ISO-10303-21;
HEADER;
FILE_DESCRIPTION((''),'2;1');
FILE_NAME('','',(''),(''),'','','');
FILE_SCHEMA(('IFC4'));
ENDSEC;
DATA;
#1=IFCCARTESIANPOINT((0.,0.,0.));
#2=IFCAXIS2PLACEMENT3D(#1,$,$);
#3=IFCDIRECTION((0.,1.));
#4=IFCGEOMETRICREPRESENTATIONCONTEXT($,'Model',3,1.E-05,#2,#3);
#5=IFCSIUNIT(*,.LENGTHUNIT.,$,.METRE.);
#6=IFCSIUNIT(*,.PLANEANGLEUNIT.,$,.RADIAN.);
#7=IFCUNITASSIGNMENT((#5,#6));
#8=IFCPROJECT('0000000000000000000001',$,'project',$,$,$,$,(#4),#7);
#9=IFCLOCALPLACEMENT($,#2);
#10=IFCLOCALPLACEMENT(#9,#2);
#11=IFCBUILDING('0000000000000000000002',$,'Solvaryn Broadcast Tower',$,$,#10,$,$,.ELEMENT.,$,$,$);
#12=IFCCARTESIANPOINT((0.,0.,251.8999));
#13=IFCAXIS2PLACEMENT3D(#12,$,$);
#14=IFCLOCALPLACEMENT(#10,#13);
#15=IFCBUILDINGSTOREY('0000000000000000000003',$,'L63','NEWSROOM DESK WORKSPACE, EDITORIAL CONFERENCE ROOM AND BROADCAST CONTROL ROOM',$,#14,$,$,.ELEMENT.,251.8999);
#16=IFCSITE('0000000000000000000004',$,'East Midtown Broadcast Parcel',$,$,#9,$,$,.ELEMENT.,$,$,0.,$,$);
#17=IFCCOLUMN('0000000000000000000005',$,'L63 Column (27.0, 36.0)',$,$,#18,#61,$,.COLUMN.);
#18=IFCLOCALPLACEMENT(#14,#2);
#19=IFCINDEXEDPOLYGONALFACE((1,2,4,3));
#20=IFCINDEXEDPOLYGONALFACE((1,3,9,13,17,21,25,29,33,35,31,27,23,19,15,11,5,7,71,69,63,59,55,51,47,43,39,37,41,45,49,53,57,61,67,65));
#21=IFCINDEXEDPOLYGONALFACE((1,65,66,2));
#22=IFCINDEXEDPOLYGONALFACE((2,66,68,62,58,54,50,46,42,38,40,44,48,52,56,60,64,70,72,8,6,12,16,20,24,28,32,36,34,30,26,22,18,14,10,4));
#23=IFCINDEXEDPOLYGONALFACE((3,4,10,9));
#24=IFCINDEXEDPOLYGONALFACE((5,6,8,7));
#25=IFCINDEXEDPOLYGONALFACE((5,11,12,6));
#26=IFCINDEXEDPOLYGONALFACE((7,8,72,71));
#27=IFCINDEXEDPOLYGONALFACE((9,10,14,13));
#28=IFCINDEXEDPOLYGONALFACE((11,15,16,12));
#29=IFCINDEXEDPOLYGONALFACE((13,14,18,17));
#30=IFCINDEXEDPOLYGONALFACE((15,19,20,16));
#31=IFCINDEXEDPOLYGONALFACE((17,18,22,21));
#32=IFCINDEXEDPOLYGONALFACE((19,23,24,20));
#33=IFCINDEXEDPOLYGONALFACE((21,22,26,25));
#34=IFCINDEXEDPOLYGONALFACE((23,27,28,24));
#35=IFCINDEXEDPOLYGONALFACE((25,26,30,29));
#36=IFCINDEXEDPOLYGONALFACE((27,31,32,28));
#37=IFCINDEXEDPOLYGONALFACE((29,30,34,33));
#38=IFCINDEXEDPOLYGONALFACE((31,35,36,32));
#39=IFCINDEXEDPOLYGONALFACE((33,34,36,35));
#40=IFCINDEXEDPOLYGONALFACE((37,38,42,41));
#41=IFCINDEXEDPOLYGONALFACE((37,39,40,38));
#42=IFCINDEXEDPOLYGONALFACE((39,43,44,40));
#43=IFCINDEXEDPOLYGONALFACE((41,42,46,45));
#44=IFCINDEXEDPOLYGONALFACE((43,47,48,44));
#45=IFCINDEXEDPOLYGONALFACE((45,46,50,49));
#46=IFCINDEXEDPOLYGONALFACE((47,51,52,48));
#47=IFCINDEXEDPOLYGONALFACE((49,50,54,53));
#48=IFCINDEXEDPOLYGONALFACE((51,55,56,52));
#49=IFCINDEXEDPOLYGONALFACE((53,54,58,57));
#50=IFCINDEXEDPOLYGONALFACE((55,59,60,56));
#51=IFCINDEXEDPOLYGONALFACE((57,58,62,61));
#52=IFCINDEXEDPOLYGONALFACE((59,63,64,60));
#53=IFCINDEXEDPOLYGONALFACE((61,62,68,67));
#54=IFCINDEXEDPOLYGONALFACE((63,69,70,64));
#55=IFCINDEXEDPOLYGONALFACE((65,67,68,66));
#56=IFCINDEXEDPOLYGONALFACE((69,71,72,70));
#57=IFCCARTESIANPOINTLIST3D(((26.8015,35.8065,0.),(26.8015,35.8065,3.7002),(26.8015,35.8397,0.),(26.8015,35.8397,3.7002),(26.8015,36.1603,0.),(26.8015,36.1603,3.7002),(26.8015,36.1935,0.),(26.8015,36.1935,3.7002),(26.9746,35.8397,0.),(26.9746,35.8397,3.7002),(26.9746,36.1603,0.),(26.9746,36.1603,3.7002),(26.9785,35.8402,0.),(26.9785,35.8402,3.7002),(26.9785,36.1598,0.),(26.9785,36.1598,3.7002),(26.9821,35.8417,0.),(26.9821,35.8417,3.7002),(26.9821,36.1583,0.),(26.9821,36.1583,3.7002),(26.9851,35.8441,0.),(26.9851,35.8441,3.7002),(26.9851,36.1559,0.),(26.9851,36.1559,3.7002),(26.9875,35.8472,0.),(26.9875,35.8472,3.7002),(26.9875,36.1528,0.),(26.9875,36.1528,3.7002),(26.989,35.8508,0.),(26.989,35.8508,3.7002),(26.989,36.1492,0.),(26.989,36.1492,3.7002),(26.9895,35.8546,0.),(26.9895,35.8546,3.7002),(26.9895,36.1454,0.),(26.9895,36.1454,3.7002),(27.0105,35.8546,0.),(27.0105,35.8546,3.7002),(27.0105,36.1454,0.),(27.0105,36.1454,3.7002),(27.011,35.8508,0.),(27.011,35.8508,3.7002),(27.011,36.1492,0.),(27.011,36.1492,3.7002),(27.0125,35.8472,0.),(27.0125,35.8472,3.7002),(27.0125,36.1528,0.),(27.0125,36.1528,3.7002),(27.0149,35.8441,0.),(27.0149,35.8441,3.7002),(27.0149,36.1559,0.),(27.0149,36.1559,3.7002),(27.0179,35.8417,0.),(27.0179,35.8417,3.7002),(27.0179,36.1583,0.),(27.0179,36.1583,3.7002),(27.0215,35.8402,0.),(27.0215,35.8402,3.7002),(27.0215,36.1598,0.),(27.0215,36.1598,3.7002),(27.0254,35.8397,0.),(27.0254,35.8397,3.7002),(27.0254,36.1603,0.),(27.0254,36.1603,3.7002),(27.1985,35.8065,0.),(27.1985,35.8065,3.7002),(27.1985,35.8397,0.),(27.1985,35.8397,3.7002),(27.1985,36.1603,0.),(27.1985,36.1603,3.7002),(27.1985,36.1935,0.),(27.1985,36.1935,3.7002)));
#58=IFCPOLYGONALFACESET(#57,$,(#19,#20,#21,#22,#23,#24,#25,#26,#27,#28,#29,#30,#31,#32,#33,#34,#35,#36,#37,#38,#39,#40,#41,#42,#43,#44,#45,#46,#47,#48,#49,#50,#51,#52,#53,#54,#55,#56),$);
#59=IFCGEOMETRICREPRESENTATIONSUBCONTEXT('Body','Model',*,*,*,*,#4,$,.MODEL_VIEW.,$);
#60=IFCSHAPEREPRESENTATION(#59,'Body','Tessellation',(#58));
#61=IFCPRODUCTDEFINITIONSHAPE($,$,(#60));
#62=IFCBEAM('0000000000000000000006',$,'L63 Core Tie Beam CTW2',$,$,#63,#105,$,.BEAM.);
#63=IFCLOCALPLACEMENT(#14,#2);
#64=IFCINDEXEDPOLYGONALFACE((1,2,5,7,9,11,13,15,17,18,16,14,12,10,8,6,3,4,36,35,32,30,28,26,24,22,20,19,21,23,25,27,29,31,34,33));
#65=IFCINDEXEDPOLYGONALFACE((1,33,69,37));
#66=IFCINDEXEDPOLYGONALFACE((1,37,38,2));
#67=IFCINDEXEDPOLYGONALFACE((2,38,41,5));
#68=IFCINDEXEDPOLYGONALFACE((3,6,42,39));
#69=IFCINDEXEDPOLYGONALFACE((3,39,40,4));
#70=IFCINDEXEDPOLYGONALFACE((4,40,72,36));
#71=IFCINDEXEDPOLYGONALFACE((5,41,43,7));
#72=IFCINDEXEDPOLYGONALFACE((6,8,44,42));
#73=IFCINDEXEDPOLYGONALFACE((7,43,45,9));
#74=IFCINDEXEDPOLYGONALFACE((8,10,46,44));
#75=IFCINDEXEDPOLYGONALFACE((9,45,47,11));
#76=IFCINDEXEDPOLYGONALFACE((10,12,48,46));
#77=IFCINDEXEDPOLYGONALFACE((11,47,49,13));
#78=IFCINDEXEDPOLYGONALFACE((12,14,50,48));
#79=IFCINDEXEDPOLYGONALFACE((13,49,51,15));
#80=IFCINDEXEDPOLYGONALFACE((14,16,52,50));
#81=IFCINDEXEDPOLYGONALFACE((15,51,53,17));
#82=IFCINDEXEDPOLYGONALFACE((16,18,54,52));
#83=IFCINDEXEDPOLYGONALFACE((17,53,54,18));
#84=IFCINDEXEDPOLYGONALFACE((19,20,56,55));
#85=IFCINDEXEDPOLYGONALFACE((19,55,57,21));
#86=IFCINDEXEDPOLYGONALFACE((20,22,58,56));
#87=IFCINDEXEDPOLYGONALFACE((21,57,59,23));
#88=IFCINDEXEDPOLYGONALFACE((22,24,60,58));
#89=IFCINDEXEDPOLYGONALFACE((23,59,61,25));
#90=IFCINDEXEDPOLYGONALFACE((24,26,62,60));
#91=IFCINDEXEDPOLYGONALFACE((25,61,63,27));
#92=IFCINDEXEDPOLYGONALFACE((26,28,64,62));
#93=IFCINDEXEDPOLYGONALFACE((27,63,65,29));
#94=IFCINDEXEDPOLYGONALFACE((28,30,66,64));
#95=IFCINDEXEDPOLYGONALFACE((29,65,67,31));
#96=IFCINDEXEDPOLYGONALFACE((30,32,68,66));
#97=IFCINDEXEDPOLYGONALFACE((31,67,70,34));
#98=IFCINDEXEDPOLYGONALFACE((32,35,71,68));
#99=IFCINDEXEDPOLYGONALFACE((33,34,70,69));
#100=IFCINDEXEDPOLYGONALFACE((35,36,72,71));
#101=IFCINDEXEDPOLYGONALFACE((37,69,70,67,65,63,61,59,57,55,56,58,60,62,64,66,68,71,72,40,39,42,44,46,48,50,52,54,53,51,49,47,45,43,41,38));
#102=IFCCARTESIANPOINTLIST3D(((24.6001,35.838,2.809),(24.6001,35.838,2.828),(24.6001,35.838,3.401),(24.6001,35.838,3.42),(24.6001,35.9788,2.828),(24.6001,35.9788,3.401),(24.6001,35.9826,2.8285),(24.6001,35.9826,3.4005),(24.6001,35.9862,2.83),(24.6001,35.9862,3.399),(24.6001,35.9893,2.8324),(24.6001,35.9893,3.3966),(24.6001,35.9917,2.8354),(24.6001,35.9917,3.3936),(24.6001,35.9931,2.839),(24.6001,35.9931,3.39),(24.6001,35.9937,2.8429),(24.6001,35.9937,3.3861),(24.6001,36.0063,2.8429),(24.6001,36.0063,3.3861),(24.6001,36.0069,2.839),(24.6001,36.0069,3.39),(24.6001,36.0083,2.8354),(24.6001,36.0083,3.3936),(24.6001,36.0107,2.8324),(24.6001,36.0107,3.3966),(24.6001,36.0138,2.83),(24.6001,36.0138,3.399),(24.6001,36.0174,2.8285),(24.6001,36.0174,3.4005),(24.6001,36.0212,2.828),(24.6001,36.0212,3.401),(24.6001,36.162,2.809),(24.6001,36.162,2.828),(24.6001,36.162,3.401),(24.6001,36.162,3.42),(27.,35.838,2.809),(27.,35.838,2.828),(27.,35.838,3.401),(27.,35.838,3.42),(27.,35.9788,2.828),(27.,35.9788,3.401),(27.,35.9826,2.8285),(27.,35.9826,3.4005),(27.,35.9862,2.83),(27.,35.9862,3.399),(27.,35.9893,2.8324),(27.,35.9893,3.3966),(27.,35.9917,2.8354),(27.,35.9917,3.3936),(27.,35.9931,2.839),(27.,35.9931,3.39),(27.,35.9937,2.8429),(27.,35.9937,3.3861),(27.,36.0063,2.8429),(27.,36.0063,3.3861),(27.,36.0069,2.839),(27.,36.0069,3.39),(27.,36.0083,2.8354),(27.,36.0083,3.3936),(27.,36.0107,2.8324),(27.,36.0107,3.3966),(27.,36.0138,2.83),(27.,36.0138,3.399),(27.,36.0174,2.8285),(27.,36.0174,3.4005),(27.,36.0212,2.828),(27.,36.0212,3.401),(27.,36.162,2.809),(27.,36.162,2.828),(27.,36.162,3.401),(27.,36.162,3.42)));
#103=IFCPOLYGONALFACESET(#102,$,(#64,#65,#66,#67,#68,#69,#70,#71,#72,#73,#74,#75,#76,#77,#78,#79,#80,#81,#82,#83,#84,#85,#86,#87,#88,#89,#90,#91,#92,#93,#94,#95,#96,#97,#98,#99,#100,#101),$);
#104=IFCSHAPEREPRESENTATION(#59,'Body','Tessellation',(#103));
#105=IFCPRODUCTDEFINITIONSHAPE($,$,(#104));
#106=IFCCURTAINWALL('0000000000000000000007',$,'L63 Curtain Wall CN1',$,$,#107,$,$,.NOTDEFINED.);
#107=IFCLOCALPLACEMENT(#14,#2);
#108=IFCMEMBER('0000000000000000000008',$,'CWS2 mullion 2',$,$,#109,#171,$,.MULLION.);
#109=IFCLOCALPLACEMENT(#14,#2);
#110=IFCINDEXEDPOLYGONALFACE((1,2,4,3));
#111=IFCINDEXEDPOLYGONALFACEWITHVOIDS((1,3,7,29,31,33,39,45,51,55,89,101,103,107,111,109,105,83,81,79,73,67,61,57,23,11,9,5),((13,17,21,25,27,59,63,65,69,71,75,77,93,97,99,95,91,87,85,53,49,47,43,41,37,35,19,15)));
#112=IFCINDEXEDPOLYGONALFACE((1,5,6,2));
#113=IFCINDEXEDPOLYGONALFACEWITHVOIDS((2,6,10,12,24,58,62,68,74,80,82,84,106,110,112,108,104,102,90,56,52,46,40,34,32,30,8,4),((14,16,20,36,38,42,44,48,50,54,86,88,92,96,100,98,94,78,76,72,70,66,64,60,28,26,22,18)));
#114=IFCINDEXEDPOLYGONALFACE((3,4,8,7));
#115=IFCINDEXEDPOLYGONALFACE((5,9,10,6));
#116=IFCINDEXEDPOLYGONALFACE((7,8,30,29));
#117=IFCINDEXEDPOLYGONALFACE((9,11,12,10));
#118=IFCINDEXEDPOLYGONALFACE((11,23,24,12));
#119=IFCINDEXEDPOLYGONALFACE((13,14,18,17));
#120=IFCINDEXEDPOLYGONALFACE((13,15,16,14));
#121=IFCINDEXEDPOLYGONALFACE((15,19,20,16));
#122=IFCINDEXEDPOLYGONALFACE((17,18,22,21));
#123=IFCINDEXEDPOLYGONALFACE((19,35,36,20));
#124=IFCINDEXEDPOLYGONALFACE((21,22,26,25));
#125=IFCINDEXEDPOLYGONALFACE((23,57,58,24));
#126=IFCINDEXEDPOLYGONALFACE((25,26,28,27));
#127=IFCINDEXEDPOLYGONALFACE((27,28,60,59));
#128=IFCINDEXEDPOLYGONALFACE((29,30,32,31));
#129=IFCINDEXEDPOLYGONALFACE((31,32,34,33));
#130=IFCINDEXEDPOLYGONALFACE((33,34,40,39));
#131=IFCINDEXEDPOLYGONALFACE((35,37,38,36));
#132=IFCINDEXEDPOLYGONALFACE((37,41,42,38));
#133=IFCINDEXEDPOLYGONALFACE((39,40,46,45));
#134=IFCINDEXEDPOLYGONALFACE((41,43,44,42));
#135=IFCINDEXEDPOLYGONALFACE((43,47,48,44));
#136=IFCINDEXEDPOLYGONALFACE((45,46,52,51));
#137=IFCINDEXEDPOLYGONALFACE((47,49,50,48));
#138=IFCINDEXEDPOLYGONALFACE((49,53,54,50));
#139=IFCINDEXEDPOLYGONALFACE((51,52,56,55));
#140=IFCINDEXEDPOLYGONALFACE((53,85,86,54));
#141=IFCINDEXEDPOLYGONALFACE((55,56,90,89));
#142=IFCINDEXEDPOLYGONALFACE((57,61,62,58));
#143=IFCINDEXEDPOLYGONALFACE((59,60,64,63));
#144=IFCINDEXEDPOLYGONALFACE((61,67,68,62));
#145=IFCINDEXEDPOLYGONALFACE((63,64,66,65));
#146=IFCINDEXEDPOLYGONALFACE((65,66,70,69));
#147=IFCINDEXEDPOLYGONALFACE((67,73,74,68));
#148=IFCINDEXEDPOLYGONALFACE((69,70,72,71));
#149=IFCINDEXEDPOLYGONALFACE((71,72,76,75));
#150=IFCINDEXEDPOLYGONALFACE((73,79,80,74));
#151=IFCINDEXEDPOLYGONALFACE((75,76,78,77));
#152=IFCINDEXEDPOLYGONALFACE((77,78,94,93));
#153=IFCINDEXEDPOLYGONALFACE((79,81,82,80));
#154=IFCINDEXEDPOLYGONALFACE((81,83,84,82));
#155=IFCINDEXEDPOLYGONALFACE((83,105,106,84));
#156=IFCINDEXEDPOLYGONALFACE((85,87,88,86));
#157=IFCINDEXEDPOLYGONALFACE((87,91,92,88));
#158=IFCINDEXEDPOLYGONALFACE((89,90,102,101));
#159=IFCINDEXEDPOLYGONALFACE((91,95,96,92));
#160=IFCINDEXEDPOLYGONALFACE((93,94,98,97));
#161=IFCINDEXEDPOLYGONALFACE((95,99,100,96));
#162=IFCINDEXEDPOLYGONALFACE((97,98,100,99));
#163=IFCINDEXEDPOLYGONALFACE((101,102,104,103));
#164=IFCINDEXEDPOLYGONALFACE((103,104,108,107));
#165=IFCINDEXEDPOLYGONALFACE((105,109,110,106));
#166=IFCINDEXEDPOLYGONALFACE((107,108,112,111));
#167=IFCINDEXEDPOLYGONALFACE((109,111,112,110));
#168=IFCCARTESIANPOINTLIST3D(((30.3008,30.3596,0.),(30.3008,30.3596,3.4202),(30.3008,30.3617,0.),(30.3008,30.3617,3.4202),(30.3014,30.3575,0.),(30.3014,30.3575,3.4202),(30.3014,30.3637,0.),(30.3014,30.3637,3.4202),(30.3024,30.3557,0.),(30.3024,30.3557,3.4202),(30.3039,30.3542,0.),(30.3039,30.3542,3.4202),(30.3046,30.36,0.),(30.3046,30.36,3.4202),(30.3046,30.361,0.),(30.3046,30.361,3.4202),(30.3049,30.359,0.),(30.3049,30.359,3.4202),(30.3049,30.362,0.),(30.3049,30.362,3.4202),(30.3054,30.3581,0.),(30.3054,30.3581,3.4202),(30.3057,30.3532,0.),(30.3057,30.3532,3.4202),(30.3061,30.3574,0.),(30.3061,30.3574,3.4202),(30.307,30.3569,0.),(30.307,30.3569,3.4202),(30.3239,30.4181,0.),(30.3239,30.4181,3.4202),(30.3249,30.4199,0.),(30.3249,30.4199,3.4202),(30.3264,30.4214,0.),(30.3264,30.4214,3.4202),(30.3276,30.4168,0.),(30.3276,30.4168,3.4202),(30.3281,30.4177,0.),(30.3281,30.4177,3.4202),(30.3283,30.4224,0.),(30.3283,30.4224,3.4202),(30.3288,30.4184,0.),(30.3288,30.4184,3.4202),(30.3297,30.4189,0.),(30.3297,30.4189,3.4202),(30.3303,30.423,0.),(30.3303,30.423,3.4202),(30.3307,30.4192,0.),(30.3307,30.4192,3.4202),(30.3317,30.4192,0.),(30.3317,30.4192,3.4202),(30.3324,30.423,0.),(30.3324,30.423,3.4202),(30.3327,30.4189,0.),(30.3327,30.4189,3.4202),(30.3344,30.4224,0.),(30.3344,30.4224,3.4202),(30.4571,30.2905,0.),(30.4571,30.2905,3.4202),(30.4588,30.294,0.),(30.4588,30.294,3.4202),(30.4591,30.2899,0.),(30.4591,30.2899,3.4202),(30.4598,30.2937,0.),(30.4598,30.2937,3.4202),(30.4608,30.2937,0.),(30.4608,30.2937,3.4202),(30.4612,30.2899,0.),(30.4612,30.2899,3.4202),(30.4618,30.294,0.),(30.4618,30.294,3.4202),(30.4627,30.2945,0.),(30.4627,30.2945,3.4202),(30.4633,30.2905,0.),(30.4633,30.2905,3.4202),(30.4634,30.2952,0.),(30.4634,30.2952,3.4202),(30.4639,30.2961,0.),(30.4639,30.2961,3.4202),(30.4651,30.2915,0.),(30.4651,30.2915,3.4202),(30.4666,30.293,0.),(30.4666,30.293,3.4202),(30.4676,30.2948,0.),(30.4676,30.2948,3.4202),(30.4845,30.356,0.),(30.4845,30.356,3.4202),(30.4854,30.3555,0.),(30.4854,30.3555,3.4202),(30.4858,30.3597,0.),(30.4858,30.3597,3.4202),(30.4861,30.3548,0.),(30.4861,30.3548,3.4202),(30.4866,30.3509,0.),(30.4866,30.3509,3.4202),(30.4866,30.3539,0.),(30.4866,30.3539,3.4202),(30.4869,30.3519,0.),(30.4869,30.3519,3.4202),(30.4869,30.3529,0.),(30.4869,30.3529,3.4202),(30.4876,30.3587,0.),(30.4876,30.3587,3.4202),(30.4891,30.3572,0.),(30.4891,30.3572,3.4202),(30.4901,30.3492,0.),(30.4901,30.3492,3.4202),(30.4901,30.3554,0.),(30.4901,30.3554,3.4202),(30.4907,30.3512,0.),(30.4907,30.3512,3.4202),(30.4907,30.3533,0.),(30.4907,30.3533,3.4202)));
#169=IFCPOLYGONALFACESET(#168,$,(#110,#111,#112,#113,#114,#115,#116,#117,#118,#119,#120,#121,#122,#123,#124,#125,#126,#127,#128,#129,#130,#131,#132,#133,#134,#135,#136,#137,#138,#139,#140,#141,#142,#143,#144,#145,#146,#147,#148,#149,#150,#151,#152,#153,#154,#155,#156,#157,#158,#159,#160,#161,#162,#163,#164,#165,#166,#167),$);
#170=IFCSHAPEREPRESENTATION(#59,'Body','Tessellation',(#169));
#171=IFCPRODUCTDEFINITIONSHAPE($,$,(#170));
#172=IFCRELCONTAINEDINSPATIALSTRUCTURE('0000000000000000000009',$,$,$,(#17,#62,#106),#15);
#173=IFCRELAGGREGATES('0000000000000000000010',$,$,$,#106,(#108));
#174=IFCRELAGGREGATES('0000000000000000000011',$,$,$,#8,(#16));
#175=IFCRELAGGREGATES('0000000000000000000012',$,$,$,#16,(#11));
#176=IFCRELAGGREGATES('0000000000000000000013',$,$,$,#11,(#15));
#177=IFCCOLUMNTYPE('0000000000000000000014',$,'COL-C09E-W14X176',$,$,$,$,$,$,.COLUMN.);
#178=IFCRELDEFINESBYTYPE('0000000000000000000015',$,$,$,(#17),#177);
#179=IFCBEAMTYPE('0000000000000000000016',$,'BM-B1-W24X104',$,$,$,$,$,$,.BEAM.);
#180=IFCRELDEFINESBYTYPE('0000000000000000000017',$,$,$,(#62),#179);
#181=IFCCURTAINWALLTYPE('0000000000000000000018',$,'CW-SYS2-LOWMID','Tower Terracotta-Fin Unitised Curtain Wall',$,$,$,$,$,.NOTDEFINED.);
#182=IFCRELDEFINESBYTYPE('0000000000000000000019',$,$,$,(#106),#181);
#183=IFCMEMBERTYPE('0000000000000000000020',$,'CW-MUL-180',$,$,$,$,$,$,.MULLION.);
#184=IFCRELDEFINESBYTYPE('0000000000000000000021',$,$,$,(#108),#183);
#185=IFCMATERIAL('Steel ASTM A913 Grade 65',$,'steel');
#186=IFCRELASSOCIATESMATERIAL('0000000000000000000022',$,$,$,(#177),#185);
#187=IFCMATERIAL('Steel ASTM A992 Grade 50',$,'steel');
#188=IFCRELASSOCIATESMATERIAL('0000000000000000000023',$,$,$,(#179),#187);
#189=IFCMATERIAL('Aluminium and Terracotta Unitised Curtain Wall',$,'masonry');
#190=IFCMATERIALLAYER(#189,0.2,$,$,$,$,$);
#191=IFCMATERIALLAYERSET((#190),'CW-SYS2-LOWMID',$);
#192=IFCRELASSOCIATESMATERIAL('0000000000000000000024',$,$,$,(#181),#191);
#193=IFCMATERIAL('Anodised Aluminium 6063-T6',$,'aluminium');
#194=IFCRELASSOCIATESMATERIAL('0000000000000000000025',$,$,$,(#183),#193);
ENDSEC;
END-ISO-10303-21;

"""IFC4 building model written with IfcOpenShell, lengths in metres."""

from ifc_helpers import new_model, si_unit, direction, frame, origin, origin_2d, place, context, subcontext, project, spatial, hollow_rectangle, i_section, extrude, material, layer, layer_set, material_profile, profile_set, type_object, element, aggregate, save


model = new_model("IFC4")

# Units and contexts
model_context = context("Model", 3, precision=1e-05, world=origin(), true_north=direction((0.0, 1.0)))
body_context = subcontext(model_context, "Body", "Model", "MODEL_VIEW")
ifc_project = project(units=[si_unit("LENGTHUNIT", "METRE"), si_unit("PLANEANGLEUNIT", "RADIAN")], contexts=[model_context])

# Site, building, storey
site_placement = place(None, origin())
site = spatial("IfcSite", under=ifc_project, at=site_placement, Name="East Midtown Broadcast Parcel", CompositionType="ELEMENT", RefElevation=0.0)
building_placement = place(site_placement, origin())
building = spatial("IfcBuilding", under=site, at=building_placement, Name="Solvaryn Broadcast Tower", CompositionType="ELEMENT")
storey_placement = place(building_placement, frame((0.0, 0.0, 251.8999)))
storey = spatial("IfcBuildingStorey", under=building, at=storey_placement, Name="L63", Description="NEWSROOM DESK WORKSPACE, EDITORIAL CONFERENCE ROOM AND BROADCAST CONTROL ROOM", CompositionType="ELEMENT", Elevation=251.8999)

# Column
ifc_material_1 = material(Name="Steel ASTM A913 Grade 65", Category="steel")
ifc_material_profile_1 = material_profile(ifc_material_1, i_section(OverallWidth=0.397, OverallDepth=0.387, WebThickness=0.021, FlangeThickness=0.0332, FilletRadius=0.0149, at=origin_2d()))
ifc_profile_set_1 = profile_set([ifc_material_profile_1], Name="Steel ASTM A913 Grade 65")
column_type = type_object("IfcColumnType", Name="COL-C09E-W14X176", PredefinedType="COLUMN", material=ifc_profile_set_1)
column_placement = place(storey_placement, frame((27.0, 36.0, 0.0), z_axis=(0.0, 0.0, 1.0), x_axis=(1.0, 0.0, 0.0)))
element("IfcColumn", 1, at=column_placement, inside=storey, type_object=column_type, Name="L63 Column (27.0, 36.0)", PredefinedType="COLUMN", context=body_context, shape_type="SweptSolid", body=[
    extrude(i_section(OverallWidth=0.397, OverallDepth=0.387, WebThickness=0.021, FlangeThickness=0.0332, FilletRadius=0.0149, at=origin_2d()), origin(), (0.0, 0.0, 1.0), 3.7002),
])

# Beam
ifc_material_2 = material(Name="Steel ASTM A992 Grade 50", Category="steel")
ifc_material_profile_2 = material_profile(ifc_material_2, i_section(OverallWidth=0.324, OverallDepth=0.6111, WebThickness=0.0127, FlangeThickness=0.019, FilletRadius=0.0149, at=origin_2d()))
ifc_profile_set_2 = profile_set([ifc_material_profile_2], Name="Steel ASTM A992 Grade 50")
beam_type = type_object("IfcBeamType", Name="BM-B1-W24X104", PredefinedType="BEAM", material=ifc_profile_set_2)
beam_placement = place(storey_placement, frame((24.6001, 36.0, 3.1145), z_axis=(1.0, 0.0, 0.0), x_axis=(0.0, 1.0, 0.0)))
element("IfcBeam", 2, at=beam_placement, inside=storey, type_object=beam_type, Name="L63 Core Tie Beam CTW2", PredefinedType="BEAM", context=body_context, shape_type="SweptSolid", body=[
    extrude(i_section(OverallWidth=0.324, OverallDepth=0.6111, WebThickness=0.0127, FlangeThickness=0.019, FilletRadius=0.0149, at=origin_2d()), origin(), (0.0, 0.0, 1.0), 2.3999),
])

# Curtain wall, member
ifc_material_3 = material(Name="Aluminium and Terracotta Unitised Curtain Wall", Category="masonry")
ifc_layer_1 = layer(ifc_material_3, 0.2)
ifc_layer_set_1 = layer_set([ifc_layer_1], Name="CW-SYS2-LOWMID")
curtain_wall_type = type_object("IfcCurtainWallType", Name="CW-SYS2-LOWMID", Description="Tower Terracotta-Fin Unitised Curtain Wall", PredefinedType="NOTDEFINED", material=ifc_layer_set_1)
curtain_wall_1_placement = place(storey_placement, origin())
curtain_wall_1 = element("IfcCurtainWall", 3, at=curtain_wall_1_placement, inside=storey, type_object=curtain_wall_type, Name="L63 Curtain Wall CN1", PredefinedType="NOTDEFINED")
ifc_material_4 = material(Name="Anodised Aluminium 6063-T6", Category="aluminium")
ifc_material_profile_3 = material_profile(ifc_material_4, hollow_rectangle(XDim=0.075, YDim=0.1799, WallThickness=0.0039, InnerFilletRadius=0.0039, OuterFilletRadius=0.0081, at=origin_2d()))
ifc_profile_set_3 = profile_set([ifc_material_profile_3], Name="Anodised Aluminium 6063-T6")
member_type_1 = type_object("IfcMemberType", Name="CW-MUL-180", PredefinedType="MULLION", material=ifc_profile_set_3)
member_1_placement = place(storey_placement, frame((30.3958, 30.3564, 0.0), z_axis=(0.0, 0.0, 1.0), x_axis=(-0.382646, -0.923895, 0.0)))
member_1 = element("IfcMember", 4, at=member_1_placement, type_object=member_type_1, Name="CWS2 mullion 2", PredefinedType="MULLION", context=body_context, shape_type="SweptSolid", body=[
    extrude(hollow_rectangle(XDim=0.075, YDim=0.1799, WallThickness=0.0039, InnerFilletRadius=0.0039, OuterFilletRadius=0.0081, at=origin_2d()), origin(), (0.0, 0.0, 1.0), 3.4202),
])
aggregate(curtain_wall_1, [member_1])

save(model, "model.ifc")
